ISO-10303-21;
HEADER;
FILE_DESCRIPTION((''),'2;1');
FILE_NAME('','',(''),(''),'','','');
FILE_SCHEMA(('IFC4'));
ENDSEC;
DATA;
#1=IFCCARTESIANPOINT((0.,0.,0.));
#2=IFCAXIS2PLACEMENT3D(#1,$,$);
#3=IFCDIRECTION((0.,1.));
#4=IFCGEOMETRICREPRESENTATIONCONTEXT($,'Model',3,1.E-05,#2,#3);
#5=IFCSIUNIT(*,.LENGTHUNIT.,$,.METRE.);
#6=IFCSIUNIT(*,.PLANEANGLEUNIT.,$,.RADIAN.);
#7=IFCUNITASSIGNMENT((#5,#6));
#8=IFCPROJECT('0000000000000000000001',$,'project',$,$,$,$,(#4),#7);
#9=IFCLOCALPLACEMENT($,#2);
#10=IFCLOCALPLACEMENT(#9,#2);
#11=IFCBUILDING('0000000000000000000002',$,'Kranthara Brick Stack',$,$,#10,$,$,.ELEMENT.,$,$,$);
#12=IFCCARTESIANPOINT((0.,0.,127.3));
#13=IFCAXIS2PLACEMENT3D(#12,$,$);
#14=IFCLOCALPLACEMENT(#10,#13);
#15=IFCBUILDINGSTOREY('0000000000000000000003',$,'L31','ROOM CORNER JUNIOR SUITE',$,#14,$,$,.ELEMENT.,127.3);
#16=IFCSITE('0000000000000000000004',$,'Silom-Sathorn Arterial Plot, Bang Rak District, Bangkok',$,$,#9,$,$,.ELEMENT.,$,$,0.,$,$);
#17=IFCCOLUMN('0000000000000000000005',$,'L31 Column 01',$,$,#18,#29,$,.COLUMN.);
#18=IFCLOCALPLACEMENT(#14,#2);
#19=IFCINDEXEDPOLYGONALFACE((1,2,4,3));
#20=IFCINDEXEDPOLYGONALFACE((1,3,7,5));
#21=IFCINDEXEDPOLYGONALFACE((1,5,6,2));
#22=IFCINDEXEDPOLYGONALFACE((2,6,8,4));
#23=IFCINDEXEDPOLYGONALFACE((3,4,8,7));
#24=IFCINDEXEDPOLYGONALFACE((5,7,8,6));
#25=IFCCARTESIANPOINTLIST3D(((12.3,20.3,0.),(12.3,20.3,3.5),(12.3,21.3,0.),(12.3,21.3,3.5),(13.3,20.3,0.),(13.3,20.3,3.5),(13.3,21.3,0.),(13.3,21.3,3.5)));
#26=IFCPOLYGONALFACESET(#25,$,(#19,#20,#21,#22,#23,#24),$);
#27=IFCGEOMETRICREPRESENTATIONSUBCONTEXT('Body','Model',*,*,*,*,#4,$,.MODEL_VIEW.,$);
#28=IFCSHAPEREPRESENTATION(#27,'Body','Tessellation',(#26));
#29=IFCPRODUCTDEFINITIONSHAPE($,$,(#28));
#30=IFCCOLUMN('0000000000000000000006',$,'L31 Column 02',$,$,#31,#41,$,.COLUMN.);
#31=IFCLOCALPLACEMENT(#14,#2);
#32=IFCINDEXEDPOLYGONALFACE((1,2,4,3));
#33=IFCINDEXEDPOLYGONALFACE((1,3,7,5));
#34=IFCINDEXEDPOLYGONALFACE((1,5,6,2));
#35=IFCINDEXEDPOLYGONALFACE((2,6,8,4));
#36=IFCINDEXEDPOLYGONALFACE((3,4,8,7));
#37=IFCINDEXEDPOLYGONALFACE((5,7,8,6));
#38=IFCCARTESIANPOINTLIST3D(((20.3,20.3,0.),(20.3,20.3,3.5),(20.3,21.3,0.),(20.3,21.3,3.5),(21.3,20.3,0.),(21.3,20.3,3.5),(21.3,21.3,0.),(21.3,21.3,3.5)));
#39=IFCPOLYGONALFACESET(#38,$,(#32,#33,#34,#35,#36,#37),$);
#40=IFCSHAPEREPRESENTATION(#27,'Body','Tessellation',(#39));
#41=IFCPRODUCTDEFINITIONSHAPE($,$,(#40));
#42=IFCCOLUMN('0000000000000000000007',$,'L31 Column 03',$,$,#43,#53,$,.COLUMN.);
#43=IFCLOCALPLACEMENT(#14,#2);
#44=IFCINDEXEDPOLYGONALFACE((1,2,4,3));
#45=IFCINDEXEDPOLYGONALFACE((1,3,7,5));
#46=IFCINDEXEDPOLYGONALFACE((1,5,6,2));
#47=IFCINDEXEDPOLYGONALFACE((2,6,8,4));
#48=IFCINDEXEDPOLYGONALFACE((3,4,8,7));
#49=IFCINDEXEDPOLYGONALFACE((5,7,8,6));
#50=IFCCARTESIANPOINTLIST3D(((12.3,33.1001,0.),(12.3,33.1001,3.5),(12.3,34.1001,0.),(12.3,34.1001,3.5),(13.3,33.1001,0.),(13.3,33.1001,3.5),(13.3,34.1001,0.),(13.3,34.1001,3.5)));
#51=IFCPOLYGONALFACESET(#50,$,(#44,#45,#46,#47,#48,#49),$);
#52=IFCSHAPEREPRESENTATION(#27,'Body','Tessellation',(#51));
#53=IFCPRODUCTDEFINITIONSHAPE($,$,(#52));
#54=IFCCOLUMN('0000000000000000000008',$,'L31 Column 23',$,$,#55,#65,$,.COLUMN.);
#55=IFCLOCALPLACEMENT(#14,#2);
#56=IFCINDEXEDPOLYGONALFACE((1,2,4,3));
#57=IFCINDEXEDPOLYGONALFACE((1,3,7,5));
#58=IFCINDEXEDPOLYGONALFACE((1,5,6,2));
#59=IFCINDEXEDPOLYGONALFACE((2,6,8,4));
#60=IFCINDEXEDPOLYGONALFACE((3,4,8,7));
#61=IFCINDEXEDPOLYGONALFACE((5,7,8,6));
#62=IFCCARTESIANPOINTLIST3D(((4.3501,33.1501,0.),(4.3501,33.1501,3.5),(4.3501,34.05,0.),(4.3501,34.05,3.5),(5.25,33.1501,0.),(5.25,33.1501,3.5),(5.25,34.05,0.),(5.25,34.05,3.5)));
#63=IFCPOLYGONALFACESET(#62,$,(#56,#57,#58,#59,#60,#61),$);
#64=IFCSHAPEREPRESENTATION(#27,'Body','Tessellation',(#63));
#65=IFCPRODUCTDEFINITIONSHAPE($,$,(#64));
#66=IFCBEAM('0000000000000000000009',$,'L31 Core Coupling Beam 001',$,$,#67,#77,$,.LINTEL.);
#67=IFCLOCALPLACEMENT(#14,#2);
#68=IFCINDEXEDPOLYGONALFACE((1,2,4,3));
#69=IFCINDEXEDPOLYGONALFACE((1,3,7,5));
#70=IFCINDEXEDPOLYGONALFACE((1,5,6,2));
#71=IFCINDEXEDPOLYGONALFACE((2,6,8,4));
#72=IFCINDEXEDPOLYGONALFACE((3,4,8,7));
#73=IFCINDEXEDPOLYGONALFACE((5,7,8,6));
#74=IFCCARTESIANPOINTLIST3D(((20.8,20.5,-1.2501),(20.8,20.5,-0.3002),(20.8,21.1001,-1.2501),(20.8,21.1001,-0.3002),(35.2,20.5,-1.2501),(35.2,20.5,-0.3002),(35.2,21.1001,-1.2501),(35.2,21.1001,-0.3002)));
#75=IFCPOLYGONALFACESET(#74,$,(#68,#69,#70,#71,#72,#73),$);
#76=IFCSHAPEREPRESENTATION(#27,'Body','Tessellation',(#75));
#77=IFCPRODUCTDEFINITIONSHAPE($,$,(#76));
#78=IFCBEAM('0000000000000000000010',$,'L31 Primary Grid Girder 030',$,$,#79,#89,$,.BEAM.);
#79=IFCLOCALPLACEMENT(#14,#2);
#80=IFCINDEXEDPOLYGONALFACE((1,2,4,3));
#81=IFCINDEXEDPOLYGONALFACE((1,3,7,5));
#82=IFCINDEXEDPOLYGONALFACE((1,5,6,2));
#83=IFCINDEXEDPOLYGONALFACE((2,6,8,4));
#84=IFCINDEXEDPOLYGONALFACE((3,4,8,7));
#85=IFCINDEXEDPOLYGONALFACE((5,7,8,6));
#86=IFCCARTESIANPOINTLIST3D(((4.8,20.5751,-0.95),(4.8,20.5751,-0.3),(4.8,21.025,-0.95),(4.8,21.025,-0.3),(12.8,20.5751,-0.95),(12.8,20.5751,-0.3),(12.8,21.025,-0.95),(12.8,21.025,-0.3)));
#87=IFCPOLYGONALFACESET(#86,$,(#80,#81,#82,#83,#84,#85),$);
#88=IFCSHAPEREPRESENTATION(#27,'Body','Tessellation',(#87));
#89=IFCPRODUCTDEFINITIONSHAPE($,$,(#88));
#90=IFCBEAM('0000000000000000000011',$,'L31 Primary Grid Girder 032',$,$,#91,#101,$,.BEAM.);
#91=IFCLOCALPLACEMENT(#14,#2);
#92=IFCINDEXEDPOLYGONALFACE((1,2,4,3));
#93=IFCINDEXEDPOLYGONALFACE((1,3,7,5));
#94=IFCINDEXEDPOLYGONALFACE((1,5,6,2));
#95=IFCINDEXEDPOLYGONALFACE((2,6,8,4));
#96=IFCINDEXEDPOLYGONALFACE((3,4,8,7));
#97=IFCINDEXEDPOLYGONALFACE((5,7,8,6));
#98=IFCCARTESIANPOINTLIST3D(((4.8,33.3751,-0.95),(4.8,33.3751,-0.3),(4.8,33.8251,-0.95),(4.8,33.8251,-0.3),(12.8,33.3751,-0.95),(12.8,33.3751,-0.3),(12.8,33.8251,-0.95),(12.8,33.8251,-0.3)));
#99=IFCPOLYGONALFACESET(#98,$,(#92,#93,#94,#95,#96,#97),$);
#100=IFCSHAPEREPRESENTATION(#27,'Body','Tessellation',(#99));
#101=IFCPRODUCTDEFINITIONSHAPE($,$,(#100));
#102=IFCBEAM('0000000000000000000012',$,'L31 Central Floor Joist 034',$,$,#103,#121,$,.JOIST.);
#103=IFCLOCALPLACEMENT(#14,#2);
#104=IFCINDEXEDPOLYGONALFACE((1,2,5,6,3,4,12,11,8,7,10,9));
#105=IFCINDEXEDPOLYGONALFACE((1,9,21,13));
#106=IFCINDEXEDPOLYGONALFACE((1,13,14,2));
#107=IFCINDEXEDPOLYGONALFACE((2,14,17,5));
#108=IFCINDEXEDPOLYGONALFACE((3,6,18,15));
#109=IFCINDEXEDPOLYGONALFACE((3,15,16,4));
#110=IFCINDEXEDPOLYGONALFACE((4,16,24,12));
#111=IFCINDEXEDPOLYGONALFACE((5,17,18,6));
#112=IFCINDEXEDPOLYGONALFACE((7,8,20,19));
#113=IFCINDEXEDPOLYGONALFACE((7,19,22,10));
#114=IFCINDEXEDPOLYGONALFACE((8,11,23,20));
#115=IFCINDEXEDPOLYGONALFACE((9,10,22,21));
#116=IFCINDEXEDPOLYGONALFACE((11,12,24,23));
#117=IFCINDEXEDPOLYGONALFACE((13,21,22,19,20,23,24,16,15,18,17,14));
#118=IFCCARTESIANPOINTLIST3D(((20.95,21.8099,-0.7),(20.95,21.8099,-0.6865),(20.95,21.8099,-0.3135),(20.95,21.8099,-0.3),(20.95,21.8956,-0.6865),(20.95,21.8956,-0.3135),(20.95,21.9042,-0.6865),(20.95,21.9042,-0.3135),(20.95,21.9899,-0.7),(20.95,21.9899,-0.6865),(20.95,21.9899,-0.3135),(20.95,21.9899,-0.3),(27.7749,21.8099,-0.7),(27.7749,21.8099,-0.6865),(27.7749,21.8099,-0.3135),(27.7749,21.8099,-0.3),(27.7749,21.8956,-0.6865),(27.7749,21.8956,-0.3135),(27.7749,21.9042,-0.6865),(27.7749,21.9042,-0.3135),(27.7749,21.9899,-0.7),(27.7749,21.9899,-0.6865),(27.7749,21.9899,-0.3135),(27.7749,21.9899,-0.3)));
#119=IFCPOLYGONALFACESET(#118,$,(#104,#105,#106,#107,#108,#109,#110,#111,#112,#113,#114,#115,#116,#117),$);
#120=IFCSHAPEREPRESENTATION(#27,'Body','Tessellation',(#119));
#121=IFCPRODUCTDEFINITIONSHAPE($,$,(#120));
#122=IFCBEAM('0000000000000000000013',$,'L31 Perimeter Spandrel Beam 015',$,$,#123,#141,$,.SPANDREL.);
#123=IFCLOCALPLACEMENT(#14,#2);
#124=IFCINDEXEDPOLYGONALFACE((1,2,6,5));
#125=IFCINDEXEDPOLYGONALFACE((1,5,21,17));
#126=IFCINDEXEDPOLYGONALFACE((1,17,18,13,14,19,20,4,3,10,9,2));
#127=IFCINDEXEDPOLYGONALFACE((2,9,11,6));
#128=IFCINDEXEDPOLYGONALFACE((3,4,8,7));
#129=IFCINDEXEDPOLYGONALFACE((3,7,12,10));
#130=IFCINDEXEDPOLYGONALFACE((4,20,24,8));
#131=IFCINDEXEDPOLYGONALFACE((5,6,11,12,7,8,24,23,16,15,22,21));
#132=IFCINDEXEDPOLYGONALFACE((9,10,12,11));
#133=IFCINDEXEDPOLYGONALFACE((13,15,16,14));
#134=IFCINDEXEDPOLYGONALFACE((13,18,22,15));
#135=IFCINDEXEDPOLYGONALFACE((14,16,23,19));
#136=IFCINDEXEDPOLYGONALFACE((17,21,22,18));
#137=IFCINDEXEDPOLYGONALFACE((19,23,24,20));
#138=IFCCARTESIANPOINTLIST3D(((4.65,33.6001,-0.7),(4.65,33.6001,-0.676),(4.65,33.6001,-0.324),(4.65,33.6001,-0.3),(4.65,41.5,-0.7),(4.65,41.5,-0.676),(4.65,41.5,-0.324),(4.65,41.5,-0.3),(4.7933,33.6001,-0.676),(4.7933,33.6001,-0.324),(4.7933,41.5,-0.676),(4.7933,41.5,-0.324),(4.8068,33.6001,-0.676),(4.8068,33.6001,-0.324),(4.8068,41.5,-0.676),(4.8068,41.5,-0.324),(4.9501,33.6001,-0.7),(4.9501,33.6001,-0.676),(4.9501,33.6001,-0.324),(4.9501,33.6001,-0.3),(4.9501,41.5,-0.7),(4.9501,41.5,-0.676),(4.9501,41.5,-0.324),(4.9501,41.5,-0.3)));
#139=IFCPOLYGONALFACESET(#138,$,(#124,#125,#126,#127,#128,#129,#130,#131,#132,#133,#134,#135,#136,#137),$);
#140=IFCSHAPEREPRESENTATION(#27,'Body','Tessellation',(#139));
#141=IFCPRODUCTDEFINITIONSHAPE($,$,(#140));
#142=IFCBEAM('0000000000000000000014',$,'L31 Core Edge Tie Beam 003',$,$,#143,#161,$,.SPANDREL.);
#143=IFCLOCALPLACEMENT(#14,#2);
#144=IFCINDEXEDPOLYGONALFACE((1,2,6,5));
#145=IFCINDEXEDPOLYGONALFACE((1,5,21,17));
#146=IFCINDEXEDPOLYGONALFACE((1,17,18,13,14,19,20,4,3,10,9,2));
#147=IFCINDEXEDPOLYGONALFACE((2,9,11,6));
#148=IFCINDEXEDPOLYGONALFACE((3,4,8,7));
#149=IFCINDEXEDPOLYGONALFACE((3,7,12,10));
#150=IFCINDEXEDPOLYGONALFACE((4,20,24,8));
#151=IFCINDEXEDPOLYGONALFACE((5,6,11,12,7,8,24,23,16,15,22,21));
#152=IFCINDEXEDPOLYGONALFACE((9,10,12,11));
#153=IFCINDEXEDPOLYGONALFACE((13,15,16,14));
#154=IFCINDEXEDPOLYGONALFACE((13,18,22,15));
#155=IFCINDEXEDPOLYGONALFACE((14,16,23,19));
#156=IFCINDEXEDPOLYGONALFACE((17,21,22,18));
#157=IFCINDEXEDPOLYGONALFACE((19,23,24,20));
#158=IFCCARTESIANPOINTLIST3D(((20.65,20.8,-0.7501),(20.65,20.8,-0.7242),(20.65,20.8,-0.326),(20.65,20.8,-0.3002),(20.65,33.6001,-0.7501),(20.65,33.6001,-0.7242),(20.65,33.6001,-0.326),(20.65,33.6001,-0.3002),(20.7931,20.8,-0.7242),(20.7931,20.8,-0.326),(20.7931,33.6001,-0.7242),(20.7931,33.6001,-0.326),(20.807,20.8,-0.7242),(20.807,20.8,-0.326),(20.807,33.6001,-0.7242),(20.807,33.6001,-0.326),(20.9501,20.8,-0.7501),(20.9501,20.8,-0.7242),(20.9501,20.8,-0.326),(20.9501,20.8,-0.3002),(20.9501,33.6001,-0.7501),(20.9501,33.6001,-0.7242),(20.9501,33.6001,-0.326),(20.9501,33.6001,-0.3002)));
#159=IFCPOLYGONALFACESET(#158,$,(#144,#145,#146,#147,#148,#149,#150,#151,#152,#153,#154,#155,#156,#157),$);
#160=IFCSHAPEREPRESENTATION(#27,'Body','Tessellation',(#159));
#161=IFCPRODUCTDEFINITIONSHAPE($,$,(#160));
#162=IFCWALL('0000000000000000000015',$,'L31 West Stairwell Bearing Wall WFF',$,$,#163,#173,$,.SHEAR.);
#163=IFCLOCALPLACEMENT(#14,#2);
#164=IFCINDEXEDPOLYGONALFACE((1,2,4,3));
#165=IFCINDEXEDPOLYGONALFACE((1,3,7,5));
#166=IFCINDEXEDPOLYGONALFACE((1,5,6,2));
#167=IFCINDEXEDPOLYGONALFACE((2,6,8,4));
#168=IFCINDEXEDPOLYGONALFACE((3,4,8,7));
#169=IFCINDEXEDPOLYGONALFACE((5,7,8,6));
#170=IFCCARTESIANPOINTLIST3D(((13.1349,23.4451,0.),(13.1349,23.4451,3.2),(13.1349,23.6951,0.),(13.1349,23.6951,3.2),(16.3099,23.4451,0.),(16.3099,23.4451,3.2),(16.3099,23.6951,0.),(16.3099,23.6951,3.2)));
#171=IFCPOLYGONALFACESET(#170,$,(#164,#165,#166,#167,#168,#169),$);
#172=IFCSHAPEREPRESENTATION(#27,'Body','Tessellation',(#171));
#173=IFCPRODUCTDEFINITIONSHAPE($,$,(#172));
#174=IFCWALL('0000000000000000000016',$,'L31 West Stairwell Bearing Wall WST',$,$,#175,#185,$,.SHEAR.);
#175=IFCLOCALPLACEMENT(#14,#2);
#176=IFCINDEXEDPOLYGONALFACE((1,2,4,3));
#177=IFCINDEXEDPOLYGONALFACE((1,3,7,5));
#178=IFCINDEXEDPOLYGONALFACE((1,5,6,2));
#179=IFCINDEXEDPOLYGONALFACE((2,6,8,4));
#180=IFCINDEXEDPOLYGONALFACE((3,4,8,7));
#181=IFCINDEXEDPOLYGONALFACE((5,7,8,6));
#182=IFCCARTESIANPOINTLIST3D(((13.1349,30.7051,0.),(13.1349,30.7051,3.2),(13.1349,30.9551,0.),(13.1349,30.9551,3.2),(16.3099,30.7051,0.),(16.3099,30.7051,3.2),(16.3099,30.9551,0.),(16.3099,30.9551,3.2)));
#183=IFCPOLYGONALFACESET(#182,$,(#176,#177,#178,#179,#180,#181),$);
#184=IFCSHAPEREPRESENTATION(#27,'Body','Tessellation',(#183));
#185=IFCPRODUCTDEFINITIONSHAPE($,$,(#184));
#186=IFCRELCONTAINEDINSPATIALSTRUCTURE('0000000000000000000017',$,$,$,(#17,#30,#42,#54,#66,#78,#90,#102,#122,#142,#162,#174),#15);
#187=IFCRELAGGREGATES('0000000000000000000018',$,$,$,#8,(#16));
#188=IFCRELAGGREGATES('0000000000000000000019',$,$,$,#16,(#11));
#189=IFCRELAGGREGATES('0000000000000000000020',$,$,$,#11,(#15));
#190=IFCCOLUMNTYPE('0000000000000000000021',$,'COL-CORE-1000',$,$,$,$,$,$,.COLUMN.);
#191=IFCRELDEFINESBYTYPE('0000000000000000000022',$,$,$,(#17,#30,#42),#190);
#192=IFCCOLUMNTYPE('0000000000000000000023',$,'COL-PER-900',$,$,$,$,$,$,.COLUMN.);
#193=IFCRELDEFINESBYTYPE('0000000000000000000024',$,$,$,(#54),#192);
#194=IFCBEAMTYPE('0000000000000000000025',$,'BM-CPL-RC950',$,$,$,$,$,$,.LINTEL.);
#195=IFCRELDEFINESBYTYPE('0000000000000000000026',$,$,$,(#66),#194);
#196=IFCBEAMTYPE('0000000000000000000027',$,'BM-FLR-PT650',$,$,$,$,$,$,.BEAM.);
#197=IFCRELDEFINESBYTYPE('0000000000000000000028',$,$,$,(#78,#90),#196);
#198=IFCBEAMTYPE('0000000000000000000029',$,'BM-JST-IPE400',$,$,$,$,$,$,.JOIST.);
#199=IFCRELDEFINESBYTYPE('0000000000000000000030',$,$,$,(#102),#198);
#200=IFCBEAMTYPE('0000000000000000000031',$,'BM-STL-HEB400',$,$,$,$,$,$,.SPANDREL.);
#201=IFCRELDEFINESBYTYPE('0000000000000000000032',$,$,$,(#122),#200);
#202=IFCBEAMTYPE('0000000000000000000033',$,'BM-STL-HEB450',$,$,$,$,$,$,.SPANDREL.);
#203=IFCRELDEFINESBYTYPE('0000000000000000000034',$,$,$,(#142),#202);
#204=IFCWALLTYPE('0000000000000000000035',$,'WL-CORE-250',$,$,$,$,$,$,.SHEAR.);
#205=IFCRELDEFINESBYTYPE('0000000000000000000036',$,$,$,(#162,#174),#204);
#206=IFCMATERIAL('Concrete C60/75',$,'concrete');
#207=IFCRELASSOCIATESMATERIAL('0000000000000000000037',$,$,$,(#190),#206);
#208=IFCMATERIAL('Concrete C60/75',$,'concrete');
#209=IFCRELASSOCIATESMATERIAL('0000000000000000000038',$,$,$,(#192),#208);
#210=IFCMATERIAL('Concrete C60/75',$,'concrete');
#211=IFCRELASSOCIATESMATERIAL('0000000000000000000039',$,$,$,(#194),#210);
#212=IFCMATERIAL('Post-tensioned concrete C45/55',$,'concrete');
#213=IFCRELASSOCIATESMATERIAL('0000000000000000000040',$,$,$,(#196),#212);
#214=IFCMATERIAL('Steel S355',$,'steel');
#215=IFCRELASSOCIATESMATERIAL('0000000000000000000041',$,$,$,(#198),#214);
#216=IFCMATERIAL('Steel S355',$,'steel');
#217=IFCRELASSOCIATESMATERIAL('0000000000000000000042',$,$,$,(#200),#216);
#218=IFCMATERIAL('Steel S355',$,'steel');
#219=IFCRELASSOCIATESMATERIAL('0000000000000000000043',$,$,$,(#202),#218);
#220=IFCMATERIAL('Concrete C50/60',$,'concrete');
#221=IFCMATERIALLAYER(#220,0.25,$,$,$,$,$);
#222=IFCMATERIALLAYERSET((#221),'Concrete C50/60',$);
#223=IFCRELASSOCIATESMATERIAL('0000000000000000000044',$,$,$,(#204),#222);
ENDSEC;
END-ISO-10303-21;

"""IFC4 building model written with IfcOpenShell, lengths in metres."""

from ifc_helpers import new_model, si_unit, direction, frame, frame_2d, origin, origin_2d, place, context, subcontext, project, spatial, rectangle, i_section, extrude, material, layer, layer_set, material_profile, profile_set, type_object, element, save


model = new_model("IFC4")

# Units and contexts
model_context = context("Model", 3, precision=1e-05, world=origin(), true_north=direction((0.0, 1.0)))
body_context = subcontext(model_context, "Body", "Model", "MODEL_VIEW")
ifc_project = project(units=[si_unit("LENGTHUNIT", "METRE"), si_unit("PLANEANGLEUNIT", "RADIAN")], contexts=[model_context])

# Site, building, storey
site_placement = place(None, origin())
site = spatial("IfcSite", under=ifc_project, at=site_placement, Name="Silom-Sathorn Arterial Plot, Bang Rak District, Bangkok", CompositionType="ELEMENT", RefElevation=0.0)
building_placement = place(site_placement, origin())
building = spatial("IfcBuilding", under=site, at=building_placement, Name="Kranthara Brick Stack", CompositionType="ELEMENT")
storey_placement = place(building_placement, frame((0.0, 0.0, 127.3)))
storey = spatial("IfcBuildingStorey", under=building, at=storey_placement, Name="L31", Description="ROOM CORNER JUNIOR SUITE", CompositionType="ELEMENT", Elevation=127.3)

# Columns
ifc_material_1 = material(Name="Concrete C60/75", Category="concrete")
ifc_material_profile_1 = material_profile(ifc_material_1, rectangle(XDim=1.0, YDim=1.0, at=origin_2d()), Name="RC 1000x1000")
ifc_profile_set_1 = profile_set([ifc_material_profile_1], Name="Concrete C60/75")
column_type_1 = type_object("IfcColumnType", Name="COL-CORE-1000", PredefinedType="COLUMN", material=ifc_profile_set_1)
for number, where, z_axis, x_axis, name in (
    (1, (12.8, 20.8, 0.0), (0.0, 0.0, 1.0), (1.0, 0.0, 0.0), "L31 Column 01"),
    (2, (20.8, 20.8, 0.0), (0.0, 0.0, 1.0), (1.0, 0.0, 0.0), "L31 Column 02"),
    (3, (12.8, 33.6001, 0.0), (0.0, 0.0, 1.0), (1.0, 0.0, 0.0), "L31 Column 03"),
):
    element("IfcColumn", number, at=place(storey_placement, frame(where, z_axis=z_axis, x_axis=x_axis)), inside=storey, type_object=column_type_1, Name=name, PredefinedType="COLUMN", context=body_context, shape_type="SweptSolid", body=[
        extrude(rectangle(XDim=1.0, YDim=1.0, at=origin_2d()), origin(), (0.0, 0.0, 1.0), 3.5),
    ])
ifc_material_2 = material(Name="Concrete C60/75", Category="concrete")
ifc_material_profile_2 = material_profile(ifc_material_2, rectangle(XDim=0.8999, YDim=0.8999, at=origin_2d()), Name="RC 900x900")
ifc_profile_set_2 = profile_set([ifc_material_profile_2], Name="Concrete C60/75")
column_type_2 = type_object("IfcColumnType", Name="COL-PER-900", PredefinedType="COLUMN", material=ifc_profile_set_2)
column_placement = place(storey_placement, frame((4.8, 33.6001, 0.0), z_axis=(0.0, 0.0, 1.0), x_axis=(1.0, 0.0, 0.0)))
element("IfcColumn", 4, at=column_placement, inside=storey, type_object=column_type_2, Name="L31 Column 23", PredefinedType="COLUMN", context=body_context, shape_type="SweptSolid", body=[
    extrude(rectangle(XDim=0.8999, YDim=0.8999, at=origin_2d()), origin(), (0.0, 0.0, 1.0), 3.5),
])

# Beams
ifc_material_3 = material(Name="Concrete C60/75", Category="concrete")
ifc_material_profile_3 = material_profile(ifc_material_3, rectangle(XDim=0.6001, YDim=0.95, at=origin_2d()), Name="RC 600x950")
ifc_profile_set_3 = profile_set([ifc_material_profile_3], Name="Concrete C60/75")
beam_type_1 = type_object("IfcBeamType", Name="BM-CPL-RC950", PredefinedType="LINTEL", material=ifc_profile_set_3)
beam_1_placement = place(storey_placement, frame((20.8, 20.8, -0.7751), z_axis=(1.0, 0.0, 0.0), x_axis=(0.0, 1.0, 0.0)))
element("IfcBeam", 5, at=beam_1_placement, inside=storey, type_object=beam_type_1, Name="L31 Core Coupling Beam 001", PredefinedType="LINTEL", context=body_context, shape_type="SweptSolid", body=[
    extrude(rectangle(XDim=0.6001, YDim=0.95, at=origin_2d()), origin(), (0.0, 0.0, 1.0), 14.3999),
])
ifc_material_4 = material(Name="Post-tensioned concrete C45/55", Category="concrete")
ifc_material_profile_4 = material_profile(ifc_material_4, rectangle(XDim=0.45, YDim=0.6499, at=origin_2d()), Name="PT 450x650")
ifc_profile_set_4 = profile_set([ifc_material_profile_4], Name="Post-tensioned concrete C45/55")
beam_type_2 = type_object("IfcBeamType", Name="BM-FLR-PT650", PredefinedType="BEAM", material=ifc_profile_set_4)
for number, where, z_axis, x_axis, name in (
    (6, (4.8, 20.8, -0.625), (1.0, 0.0, 0.0), (0.0, 1.0, 0.0), "L31 Primary Grid Girder 030"),
    (7, (4.8, 33.6001, -0.625), (1.0, 0.0, 0.0), (0.0, 1.0, 0.0), "L31 Primary Grid Girder 032"),
):
    element("IfcBeam", number, at=place(storey_placement, frame(where, z_axis=z_axis, x_axis=x_axis)), inside=storey, type_object=beam_type_2, Name=name, PredefinedType="BEAM", context=body_context, shape_type="SweptSolid", body=[
        extrude(rectangle(XDim=0.45, YDim=0.6499, at=origin_2d()), origin(), (0.0, 0.0, 1.0), 8.0),
    ])
ifc_material_5 = material(Name="Steel S355", Category="steel")
ifc_material_profile_5 = material_profile(ifc_material_5, i_section(OverallWidth=0.1799, OverallDepth=0.3999, WebThickness=0.0085, FlangeThickness=0.0134, at=origin_2d()), Name="IPE 400")
ifc_profile_set_5 = profile_set([ifc_material_profile_5], Name="Steel S355")
beam_type_3 = type_object("IfcBeamType", Name="BM-JST-IPE400", PredefinedType="JOIST", material=ifc_profile_set_5)
beam_2_placement = place(storey_placement, frame((20.95, 21.8999, -0.5), z_axis=(1.0, 0.0, 0.0), x_axis=(0.0, 1.0, 0.0)))
element("IfcBeam", 8, at=beam_2_placement, inside=storey, type_object=beam_type_3, Name="L31 Central Floor Joist 034", PredefinedType="JOIST", context=body_context, shape_type="SweptSolid", body=[
    extrude(i_section(OverallWidth=0.1799, OverallDepth=0.3999, WebThickness=0.0085, FlangeThickness=0.0134, at=origin_2d()), origin(), (0.0, 0.0, 1.0), 6.825),
])
ifc_material_6 = material(Name="Steel S355", Category="steel")
ifc_material_profile_6 = material_profile(ifc_material_6, i_section(OverallWidth=0.3, OverallDepth=0.3999, WebThickness=0.0134, FlangeThickness=0.0239, at=origin_2d()), Name="HEB 400")
ifc_profile_set_6 = profile_set([ifc_material_profile_6], Name="Steel S355")
beam_type_4 = type_object("IfcBeamType", Name="BM-STL-HEB400", PredefinedType="SPANDREL", material=ifc_profile_set_6)
beam_3_placement = place(storey_placement, frame((4.8, 33.6001, -0.5), z_axis=(0.0, 1.0, 0.0), x_axis=(-1.0, 0.0, 0.0)))
element("IfcBeam", 9, at=beam_3_placement, inside=storey, type_object=beam_type_4, Name="L31 Perimeter Spandrel Beam 015", PredefinedType="SPANDREL", context=body_context, shape_type="SweptSolid", body=[
    extrude(i_section(OverallWidth=0.3, OverallDepth=0.3999, WebThickness=0.0134, FlangeThickness=0.0239, at=origin_2d()), origin(), (0.0, 0.0, 1.0), 7.8999),
])
ifc_material_7 = material(Name="Steel S355", Category="steel")
ifc_material_profile_7 = material_profile(ifc_material_7, i_section(OverallWidth=0.3, OverallDepth=0.45, WebThickness=0.0139, FlangeThickness=0.0259, at=origin_2d()), Name="HEB 450")
ifc_profile_set_7 = profile_set([ifc_material_profile_7], Name="Steel S355")
beam_type_5 = type_object("IfcBeamType", Name="BM-STL-HEB450", PredefinedType="SPANDREL", material=ifc_profile_set_7)
beam_4_placement = place(storey_placement, frame((20.8, 20.8, -0.5251), z_axis=(0.0, 1.0, 0.0), x_axis=(-1.0, 0.0, 0.0)))
element("IfcBeam", 10, at=beam_4_placement, inside=storey, type_object=beam_type_5, Name="L31 Core Edge Tie Beam 003", PredefinedType="SPANDREL", context=body_context, shape_type="SweptSolid", body=[
    extrude(i_section(OverallWidth=0.3, OverallDepth=0.45, WebThickness=0.0139, FlangeThickness=0.0259, at=origin_2d()), origin(), (0.0, 0.0, 1.0), 12.8),
])

# Shared definitions
ifc_material_8 = material(Name="Concrete C50/60", Category="concrete")
ifc_layer_1 = layer(ifc_material_8, 0.25)
ifc_layer_set_1 = layer_set([ifc_layer_1], Name="Concrete C50/60")
wall_type_1 = type_object("IfcWallType", Name="WL-CORE-250", PredefinedType="SHEAR", material=ifc_layer_set_1)

# Walls
for number, where, z_axis, x_axis, name in (
    (11, (13.135, 23.5701, 0.0), (0.0, 0.0, 1.0), (1.0, 0.0, 0.0), "L31 West Stairwell Bearing Wall WFF"),
    (12, (13.135, 30.8301, 0.0), (0.0, 0.0, 1.0), (1.0, 0.0, 0.0), "L31 West Stairwell Bearing Wall WST"),
):
    element("IfcWall", number, at=place(storey_placement, frame(where, z_axis=z_axis, x_axis=x_axis)), inside=storey, type_object=wall_type_1, Name=name, PredefinedType="SHEAR", context=body_context, shape_type="SweptSolid", body=[
        extrude(rectangle(XDim=3.175, YDim=0.25, at=frame_2d((1.5874, 0.0))), origin(), (0.0, 0.0, 1.0), 3.2),
    ])

save(model, "model.ifc")
